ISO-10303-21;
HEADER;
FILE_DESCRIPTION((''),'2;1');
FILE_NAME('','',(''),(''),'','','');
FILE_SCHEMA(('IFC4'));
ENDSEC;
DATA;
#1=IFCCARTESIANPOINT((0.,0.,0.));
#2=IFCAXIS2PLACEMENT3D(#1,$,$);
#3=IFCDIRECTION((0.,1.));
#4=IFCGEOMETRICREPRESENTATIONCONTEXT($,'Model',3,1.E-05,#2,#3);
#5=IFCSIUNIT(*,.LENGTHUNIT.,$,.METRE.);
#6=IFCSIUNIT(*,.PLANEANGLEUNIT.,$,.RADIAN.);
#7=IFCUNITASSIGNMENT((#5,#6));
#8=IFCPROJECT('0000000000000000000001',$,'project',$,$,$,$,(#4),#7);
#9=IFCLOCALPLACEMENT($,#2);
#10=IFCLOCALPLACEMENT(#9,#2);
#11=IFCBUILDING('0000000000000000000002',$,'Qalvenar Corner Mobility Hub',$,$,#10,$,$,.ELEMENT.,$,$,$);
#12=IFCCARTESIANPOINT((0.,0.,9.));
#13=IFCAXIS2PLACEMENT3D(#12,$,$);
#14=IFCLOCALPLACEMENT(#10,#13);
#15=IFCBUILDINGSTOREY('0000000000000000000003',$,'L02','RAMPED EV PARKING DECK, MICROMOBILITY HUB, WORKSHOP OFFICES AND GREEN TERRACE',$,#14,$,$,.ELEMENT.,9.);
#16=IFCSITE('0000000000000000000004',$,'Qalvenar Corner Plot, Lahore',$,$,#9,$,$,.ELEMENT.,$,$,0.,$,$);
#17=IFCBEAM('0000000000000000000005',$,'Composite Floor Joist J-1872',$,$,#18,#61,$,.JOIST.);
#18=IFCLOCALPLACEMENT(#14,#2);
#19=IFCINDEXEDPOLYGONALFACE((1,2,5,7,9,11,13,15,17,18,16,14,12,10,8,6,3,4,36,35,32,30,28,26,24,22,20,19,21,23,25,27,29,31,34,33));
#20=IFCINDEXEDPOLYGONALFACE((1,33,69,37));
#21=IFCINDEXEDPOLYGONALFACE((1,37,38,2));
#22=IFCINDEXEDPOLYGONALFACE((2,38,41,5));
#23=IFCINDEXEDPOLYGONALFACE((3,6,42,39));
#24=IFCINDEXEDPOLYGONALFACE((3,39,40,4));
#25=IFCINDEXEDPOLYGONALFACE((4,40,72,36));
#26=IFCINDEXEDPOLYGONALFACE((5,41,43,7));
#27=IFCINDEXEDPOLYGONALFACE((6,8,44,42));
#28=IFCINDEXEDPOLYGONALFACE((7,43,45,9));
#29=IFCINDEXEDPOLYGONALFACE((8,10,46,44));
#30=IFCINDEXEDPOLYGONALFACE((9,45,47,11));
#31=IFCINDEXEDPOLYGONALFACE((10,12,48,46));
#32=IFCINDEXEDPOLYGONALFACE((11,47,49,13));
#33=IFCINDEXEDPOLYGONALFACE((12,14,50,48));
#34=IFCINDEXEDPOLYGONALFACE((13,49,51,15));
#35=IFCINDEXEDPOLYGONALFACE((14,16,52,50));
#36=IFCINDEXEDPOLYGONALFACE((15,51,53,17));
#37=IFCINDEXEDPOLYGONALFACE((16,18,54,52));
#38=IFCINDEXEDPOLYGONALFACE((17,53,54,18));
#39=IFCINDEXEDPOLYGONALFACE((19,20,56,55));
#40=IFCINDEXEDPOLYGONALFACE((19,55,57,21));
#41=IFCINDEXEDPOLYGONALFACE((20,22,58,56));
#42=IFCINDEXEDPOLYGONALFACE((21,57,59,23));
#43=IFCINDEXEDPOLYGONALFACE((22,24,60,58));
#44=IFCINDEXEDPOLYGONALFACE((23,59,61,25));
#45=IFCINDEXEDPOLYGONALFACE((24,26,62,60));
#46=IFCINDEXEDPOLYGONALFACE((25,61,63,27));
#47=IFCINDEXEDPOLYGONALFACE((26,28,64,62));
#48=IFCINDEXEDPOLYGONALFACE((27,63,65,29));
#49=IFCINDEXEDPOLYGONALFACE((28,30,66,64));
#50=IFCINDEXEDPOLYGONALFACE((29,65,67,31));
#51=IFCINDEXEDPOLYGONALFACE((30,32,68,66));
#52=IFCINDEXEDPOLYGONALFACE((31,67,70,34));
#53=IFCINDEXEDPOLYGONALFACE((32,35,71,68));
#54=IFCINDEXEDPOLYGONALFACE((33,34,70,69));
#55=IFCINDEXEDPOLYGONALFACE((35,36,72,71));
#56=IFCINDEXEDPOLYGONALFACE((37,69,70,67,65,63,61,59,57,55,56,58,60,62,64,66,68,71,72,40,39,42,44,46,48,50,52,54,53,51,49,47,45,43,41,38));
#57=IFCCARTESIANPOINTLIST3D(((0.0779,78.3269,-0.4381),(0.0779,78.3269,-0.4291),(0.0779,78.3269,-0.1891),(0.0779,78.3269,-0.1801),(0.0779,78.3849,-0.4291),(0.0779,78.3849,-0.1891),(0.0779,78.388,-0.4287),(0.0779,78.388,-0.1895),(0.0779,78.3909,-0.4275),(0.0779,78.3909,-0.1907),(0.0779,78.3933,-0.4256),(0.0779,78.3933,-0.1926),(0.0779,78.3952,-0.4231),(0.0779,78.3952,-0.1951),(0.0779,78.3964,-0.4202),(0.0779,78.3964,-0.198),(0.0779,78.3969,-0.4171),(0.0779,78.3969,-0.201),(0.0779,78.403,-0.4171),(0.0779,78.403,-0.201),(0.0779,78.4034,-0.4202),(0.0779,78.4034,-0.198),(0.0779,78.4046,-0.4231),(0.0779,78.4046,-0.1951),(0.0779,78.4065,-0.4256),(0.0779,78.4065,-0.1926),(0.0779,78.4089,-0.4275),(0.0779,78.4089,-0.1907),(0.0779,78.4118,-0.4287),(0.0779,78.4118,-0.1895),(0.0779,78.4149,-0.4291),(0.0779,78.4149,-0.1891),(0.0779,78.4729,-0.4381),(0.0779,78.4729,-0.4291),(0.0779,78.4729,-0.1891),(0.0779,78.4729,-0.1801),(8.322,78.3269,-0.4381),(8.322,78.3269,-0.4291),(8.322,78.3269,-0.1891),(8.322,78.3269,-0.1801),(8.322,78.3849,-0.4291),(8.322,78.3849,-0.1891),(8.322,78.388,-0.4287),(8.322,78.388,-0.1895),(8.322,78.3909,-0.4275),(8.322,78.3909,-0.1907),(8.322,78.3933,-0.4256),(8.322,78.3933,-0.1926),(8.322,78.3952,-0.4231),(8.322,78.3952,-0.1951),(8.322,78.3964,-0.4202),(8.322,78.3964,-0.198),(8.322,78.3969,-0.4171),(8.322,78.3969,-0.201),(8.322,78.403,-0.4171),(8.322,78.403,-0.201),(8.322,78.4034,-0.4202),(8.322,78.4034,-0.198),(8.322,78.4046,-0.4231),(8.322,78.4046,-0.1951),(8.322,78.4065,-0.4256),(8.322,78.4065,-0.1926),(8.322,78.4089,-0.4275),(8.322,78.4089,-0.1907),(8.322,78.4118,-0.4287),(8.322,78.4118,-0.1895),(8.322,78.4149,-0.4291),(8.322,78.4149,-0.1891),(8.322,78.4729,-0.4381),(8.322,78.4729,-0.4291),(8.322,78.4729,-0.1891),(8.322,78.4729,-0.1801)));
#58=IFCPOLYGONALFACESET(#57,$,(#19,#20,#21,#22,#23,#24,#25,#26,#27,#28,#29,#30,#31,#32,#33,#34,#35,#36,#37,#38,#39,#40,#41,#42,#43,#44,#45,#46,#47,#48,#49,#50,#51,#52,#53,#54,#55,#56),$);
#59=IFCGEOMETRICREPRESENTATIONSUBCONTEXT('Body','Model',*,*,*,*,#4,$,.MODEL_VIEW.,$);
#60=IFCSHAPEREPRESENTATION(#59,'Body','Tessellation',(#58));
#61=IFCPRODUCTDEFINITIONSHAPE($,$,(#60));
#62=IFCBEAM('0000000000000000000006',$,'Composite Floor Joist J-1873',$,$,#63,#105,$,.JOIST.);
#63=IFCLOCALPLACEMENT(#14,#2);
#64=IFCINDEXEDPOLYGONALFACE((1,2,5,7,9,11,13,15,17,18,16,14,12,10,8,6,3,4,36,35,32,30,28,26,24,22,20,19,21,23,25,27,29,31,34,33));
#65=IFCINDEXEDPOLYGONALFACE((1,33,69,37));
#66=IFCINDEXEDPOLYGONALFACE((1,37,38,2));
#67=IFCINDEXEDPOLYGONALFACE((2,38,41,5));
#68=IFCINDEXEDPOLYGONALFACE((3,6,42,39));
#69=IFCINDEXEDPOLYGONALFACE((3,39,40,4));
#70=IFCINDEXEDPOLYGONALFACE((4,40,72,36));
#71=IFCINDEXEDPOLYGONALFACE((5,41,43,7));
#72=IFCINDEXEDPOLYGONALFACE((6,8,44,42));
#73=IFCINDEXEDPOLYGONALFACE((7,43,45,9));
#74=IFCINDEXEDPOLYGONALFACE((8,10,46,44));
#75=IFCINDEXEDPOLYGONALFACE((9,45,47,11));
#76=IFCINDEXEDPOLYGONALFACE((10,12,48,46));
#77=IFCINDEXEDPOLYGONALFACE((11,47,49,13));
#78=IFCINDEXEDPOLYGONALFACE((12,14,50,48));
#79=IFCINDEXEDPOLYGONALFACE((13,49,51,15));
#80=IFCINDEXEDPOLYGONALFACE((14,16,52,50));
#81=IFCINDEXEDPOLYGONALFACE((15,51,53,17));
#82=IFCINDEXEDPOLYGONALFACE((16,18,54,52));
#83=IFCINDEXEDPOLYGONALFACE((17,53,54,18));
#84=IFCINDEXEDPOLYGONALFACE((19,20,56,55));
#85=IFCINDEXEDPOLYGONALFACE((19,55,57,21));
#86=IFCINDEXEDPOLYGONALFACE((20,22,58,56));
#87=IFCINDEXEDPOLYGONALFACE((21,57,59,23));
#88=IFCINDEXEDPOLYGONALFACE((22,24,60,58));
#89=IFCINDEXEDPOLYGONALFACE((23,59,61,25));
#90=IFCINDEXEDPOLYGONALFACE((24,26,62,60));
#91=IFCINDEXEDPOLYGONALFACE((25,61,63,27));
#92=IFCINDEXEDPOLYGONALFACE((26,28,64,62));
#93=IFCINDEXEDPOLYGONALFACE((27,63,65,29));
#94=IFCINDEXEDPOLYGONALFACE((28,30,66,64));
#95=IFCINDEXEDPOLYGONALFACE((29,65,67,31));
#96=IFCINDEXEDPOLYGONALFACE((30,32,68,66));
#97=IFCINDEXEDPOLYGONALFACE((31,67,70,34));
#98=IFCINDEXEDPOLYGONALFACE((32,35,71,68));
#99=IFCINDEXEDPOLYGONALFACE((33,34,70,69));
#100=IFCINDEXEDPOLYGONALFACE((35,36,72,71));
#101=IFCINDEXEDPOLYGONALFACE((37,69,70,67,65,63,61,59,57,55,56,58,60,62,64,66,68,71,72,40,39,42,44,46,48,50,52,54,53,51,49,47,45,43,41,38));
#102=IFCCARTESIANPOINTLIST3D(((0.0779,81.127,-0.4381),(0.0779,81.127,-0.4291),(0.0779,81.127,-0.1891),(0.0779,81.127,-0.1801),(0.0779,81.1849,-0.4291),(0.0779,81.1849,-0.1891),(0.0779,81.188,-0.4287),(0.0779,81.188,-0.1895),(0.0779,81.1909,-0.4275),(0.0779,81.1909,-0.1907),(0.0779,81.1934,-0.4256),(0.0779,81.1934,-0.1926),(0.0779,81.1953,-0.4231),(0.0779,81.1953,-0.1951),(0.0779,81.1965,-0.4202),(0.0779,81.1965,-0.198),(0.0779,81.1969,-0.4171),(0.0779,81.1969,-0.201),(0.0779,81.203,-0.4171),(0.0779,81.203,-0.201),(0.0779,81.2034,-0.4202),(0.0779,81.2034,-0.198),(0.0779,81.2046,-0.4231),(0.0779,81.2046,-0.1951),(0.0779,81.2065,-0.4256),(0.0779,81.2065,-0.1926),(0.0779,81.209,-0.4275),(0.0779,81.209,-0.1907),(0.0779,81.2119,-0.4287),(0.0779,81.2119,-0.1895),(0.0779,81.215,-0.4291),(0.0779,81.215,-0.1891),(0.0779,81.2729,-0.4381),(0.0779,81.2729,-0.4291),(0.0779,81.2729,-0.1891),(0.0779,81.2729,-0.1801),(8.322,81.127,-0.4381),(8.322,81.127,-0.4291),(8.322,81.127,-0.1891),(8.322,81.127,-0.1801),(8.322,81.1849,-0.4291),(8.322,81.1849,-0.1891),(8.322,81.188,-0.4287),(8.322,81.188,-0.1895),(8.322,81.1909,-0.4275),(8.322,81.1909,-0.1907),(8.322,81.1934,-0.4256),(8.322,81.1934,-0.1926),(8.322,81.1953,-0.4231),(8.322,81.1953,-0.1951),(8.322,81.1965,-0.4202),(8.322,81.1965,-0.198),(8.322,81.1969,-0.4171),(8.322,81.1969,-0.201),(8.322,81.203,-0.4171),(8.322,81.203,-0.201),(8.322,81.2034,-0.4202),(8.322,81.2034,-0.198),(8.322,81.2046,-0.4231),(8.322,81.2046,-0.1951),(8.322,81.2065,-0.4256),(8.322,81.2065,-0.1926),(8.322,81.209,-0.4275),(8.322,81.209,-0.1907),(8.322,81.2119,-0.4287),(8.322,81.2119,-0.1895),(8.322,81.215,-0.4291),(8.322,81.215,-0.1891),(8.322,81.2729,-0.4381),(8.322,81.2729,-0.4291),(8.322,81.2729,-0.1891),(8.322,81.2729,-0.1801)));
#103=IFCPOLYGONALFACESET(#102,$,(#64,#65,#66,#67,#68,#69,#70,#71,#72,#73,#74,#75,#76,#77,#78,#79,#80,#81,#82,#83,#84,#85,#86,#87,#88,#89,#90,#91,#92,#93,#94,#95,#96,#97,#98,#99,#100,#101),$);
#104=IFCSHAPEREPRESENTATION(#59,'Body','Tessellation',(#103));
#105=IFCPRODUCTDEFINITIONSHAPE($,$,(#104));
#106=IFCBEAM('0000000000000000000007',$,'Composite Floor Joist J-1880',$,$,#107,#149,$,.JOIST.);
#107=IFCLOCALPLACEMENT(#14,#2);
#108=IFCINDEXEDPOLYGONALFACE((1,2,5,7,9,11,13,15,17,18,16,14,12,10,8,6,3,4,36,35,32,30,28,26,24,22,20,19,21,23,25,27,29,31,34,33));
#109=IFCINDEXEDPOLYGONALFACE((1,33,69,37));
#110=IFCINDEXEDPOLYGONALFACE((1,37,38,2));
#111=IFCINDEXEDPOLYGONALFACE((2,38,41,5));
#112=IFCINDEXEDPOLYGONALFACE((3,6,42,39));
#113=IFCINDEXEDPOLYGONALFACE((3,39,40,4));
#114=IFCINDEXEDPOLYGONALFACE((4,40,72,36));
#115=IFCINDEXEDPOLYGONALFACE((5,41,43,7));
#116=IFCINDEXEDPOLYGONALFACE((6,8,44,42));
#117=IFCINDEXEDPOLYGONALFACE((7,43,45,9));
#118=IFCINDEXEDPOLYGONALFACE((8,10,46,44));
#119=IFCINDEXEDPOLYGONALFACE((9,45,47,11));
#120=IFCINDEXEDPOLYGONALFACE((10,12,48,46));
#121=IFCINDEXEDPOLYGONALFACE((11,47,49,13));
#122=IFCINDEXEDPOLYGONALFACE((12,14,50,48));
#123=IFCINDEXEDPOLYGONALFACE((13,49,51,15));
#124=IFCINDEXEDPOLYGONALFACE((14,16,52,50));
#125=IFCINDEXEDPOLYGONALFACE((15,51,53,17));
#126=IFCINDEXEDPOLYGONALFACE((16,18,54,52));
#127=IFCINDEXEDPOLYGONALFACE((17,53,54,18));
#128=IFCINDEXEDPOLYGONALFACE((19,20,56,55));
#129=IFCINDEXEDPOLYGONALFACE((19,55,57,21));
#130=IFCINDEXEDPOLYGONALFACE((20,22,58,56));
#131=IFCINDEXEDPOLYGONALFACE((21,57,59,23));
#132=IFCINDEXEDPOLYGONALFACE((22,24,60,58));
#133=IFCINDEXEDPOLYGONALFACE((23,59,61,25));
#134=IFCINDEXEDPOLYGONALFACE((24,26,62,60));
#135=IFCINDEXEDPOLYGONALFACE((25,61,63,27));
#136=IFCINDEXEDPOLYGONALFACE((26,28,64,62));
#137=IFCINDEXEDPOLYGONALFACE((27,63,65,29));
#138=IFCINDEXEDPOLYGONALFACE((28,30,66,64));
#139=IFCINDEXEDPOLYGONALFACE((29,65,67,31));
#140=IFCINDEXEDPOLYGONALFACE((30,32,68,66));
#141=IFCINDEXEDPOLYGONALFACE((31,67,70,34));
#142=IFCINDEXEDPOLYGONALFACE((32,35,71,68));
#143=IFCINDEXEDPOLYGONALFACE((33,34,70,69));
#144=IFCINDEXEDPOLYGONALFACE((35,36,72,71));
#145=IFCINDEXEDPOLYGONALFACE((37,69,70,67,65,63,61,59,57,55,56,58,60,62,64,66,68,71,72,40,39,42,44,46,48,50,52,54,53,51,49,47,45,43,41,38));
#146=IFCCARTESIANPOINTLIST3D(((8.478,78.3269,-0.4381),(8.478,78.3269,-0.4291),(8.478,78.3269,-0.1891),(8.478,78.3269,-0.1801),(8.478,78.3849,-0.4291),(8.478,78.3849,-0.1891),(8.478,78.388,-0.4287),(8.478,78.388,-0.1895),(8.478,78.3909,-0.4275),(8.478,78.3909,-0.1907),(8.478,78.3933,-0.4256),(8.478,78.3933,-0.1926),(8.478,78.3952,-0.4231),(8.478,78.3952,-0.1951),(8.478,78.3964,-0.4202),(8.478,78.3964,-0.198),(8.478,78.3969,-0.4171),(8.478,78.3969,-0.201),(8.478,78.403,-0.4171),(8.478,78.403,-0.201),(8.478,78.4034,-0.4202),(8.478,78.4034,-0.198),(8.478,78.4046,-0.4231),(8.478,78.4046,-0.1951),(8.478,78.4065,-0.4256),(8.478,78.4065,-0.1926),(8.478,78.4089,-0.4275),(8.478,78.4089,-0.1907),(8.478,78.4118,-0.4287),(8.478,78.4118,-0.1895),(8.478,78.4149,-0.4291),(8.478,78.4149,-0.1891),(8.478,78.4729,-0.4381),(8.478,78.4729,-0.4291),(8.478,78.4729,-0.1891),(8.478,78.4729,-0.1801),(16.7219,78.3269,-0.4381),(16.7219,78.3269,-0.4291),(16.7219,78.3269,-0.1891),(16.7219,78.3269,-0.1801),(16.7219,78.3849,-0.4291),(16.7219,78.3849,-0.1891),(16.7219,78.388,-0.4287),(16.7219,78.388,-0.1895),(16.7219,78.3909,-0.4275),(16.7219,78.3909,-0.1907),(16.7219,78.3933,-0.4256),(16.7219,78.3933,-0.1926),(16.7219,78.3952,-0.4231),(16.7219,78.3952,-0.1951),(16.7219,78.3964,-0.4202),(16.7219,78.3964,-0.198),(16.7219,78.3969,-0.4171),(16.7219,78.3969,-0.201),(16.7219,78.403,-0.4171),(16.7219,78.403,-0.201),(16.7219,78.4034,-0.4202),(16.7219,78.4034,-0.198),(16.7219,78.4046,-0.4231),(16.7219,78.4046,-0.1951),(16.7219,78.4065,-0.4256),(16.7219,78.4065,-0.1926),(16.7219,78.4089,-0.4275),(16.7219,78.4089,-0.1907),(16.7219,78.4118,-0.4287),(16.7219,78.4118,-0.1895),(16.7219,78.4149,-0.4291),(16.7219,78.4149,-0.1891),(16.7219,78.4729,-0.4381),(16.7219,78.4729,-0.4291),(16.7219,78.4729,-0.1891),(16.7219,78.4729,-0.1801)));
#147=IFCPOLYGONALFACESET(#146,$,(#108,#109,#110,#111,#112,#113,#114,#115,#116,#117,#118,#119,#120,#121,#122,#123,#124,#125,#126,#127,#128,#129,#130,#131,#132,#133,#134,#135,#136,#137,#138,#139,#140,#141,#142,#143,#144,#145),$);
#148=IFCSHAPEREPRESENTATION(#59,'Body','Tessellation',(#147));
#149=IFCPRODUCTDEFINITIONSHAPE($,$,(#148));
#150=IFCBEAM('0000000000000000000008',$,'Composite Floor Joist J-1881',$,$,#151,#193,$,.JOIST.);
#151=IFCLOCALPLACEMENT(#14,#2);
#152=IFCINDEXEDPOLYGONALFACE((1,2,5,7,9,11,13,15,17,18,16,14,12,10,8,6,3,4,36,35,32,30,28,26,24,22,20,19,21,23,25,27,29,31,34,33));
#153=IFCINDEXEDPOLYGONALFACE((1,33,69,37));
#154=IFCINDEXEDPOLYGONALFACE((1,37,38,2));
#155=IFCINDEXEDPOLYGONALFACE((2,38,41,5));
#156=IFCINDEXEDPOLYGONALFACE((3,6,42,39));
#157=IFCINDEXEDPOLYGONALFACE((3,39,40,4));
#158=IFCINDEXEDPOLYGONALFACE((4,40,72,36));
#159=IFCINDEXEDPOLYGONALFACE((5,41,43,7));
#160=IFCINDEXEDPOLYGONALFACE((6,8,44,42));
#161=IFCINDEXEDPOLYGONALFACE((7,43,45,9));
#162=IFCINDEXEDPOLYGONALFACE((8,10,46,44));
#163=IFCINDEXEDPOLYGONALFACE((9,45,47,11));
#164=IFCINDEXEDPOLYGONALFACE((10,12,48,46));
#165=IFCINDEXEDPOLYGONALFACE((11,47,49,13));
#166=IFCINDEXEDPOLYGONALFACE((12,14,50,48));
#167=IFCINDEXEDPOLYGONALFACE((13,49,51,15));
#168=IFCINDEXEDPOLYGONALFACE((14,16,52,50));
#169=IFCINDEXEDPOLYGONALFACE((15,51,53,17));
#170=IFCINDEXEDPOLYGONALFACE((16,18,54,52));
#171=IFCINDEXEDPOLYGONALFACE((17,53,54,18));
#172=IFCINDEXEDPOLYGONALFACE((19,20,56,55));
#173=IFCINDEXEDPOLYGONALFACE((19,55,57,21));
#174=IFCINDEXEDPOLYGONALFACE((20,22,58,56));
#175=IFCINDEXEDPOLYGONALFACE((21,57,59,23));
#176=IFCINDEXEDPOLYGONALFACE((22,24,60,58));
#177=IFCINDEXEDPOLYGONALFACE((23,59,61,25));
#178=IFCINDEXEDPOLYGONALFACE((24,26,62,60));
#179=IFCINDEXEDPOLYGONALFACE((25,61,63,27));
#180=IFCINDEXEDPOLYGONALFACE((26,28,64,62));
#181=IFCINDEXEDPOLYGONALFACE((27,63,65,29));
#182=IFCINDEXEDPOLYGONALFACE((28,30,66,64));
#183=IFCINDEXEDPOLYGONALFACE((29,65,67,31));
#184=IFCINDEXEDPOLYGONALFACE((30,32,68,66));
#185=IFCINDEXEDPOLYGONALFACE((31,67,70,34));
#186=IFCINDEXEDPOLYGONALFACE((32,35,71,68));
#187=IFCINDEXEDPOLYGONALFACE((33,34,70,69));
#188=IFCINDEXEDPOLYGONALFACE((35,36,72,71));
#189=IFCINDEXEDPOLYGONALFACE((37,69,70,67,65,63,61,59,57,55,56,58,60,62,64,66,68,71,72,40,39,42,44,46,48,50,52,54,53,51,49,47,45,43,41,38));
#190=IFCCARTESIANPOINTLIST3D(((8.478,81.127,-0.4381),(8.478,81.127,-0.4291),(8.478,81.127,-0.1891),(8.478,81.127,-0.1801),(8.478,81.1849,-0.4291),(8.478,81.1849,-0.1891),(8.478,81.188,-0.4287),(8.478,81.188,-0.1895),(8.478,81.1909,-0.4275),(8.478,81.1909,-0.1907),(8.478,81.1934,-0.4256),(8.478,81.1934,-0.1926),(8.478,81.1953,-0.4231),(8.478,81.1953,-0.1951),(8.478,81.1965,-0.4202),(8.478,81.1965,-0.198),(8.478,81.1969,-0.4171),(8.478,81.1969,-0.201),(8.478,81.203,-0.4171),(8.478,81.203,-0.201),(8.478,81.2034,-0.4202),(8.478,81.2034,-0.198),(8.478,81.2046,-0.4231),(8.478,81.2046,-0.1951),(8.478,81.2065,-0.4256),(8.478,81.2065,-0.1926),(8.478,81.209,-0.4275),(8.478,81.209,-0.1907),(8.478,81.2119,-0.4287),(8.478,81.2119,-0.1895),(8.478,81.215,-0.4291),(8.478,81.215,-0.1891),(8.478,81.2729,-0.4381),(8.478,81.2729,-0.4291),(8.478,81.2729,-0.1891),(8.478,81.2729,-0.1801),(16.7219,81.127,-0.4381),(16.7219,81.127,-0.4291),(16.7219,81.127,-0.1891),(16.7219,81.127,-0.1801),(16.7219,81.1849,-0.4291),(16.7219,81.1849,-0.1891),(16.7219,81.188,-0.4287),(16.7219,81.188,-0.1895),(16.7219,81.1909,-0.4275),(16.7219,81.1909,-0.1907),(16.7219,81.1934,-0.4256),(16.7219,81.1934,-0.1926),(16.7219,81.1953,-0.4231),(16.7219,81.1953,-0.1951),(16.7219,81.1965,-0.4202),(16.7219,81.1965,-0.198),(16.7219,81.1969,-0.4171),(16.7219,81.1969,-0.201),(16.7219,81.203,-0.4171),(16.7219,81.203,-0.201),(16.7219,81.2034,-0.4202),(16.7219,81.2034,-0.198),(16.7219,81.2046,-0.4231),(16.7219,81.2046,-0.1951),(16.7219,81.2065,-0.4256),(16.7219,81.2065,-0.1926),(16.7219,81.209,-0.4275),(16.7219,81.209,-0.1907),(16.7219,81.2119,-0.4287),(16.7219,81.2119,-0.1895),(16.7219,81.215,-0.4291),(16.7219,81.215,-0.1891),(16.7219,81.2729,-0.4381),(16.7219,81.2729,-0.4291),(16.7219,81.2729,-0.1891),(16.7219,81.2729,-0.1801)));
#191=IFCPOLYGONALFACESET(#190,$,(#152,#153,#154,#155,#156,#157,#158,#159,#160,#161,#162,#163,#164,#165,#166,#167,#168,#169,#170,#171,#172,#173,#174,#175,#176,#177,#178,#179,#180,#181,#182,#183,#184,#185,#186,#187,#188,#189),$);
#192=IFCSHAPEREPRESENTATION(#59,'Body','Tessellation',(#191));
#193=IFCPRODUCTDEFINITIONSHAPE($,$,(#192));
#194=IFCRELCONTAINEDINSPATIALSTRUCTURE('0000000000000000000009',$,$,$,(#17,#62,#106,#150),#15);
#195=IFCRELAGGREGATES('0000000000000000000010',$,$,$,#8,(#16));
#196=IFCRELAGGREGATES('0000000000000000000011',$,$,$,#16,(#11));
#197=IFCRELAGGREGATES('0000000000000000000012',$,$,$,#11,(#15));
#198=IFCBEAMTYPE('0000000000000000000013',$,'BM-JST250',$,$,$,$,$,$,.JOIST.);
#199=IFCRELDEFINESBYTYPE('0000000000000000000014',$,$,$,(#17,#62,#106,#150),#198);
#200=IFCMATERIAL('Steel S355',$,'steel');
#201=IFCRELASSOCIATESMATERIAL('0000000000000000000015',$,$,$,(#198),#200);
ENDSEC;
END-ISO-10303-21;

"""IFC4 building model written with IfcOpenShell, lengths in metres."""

from ifc_helpers import new_model, si_unit, direction, frame, origin, origin_2d, place, context, subcontext, project, spatial, i_section, extrude, material, material_profile, profile_set, type_object, element, save


model = new_model("IFC4")

# Units and contexts
model_context = context("Model", 3, precision=1e-05, world=origin(), true_north=direction((0.0, 1.0)))
body_context = subcontext(model_context, "Body", "Model", "MODEL_VIEW")
ifc_project = project(units=[si_unit("LENGTHUNIT", "METRE"), si_unit("PLANEANGLEUNIT", "RADIAN")], contexts=[model_context])

# Site, building, storey
site_placement = place(None, origin())
site = spatial("IfcSite", under=ifc_project, at=site_placement, Name="Qalvenar Corner Plot, Lahore", CompositionType="ELEMENT", RefElevation=0.0)
building_placement = place(site_placement, origin())
building = spatial("IfcBuilding", under=site, at=building_placement, Name="Qalvenar Corner Mobility Hub", CompositionType="ELEMENT")
storey_placement = place(building_placement, frame((0.0, 0.0, 9.0)))
storey = spatial("IfcBuildingStorey", under=building, at=storey_placement, Name="L02", Description="RAMPED EV PARKING DECK, MICROMOBILITY HUB, WORKSHOP OFFICES AND GREEN TERRACE", CompositionType="ELEMENT", Elevation=9.0)

# Beams
ifc_material_1 = material(Name="Steel S355", Category="steel")
ifc_material_profile_1 = material_profile(ifc_material_1, i_section(OverallWidth=0.146, OverallDepth=0.2581, WebThickness=0.0061, FlangeThickness=0.009, FilletRadius=0.012, at=origin_2d()), Name="W250x32.7")
ifc_profile_set_1 = profile_set([ifc_material_profile_1], Name="Steel S355")
beam_type = type_object("IfcBeamType", Name="BM-JST250", PredefinedType="JOIST", material=ifc_profile_set_1)
for number, where, z_axis, x_axis, name in (
    (1, (0.0779, 78.3999, -0.3091), (1.0, 0.0, 0.0), (0.0, 1.0, 0.0), "Composite Floor Joist J-1872"),
    (2, (0.0779, 81.2, -0.3091), (1.0, 0.0, 0.0), (0.0, 1.0, 0.0), "Composite Floor Joist J-1873"),
):
    element("IfcBeam", number, at=place(storey_placement, frame(where, z_axis=z_axis, x_axis=x_axis)), inside=storey, type_object=beam_type, Name=name, PredefinedType="JOIST", context=body_context, shape_type="SweptSolid", body=[
        extrude(i_section(OverallWidth=0.146, OverallDepth=0.2581, WebThickness=0.0061, FlangeThickness=0.009, FilletRadius=0.012, at=origin_2d()), origin(), (0.0, 0.0, 1.0), 8.2441),
    ])
for number, where, z_axis, x_axis, name in (
    (3, (8.478, 78.3999, -0.3091), (1.0, 0.0, 0.0), (0.0, 1.0, 0.0), "Composite Floor Joist J-1880"),
    (4, (8.478, 81.2, -0.3091), (1.0, 0.0, 0.0), (0.0, 1.0, 0.0), "Composite Floor Joist J-1881"),
):
    element("IfcBeam", number, at=place(storey_placement, frame(where, z_axis=z_axis, x_axis=x_axis)), inside=storey, type_object=beam_type, Name=name, PredefinedType="JOIST", context=body_context, shape_type="SweptSolid", body=[
        extrude(i_section(OverallWidth=0.146, OverallDepth=0.2581, WebThickness=0.0061, FlangeThickness=0.009, FilletRadius=0.012, at=origin_2d()), origin(), (0.0, 0.0, 1.0), 8.2439),
    ])

save(model, "model.ifc")
